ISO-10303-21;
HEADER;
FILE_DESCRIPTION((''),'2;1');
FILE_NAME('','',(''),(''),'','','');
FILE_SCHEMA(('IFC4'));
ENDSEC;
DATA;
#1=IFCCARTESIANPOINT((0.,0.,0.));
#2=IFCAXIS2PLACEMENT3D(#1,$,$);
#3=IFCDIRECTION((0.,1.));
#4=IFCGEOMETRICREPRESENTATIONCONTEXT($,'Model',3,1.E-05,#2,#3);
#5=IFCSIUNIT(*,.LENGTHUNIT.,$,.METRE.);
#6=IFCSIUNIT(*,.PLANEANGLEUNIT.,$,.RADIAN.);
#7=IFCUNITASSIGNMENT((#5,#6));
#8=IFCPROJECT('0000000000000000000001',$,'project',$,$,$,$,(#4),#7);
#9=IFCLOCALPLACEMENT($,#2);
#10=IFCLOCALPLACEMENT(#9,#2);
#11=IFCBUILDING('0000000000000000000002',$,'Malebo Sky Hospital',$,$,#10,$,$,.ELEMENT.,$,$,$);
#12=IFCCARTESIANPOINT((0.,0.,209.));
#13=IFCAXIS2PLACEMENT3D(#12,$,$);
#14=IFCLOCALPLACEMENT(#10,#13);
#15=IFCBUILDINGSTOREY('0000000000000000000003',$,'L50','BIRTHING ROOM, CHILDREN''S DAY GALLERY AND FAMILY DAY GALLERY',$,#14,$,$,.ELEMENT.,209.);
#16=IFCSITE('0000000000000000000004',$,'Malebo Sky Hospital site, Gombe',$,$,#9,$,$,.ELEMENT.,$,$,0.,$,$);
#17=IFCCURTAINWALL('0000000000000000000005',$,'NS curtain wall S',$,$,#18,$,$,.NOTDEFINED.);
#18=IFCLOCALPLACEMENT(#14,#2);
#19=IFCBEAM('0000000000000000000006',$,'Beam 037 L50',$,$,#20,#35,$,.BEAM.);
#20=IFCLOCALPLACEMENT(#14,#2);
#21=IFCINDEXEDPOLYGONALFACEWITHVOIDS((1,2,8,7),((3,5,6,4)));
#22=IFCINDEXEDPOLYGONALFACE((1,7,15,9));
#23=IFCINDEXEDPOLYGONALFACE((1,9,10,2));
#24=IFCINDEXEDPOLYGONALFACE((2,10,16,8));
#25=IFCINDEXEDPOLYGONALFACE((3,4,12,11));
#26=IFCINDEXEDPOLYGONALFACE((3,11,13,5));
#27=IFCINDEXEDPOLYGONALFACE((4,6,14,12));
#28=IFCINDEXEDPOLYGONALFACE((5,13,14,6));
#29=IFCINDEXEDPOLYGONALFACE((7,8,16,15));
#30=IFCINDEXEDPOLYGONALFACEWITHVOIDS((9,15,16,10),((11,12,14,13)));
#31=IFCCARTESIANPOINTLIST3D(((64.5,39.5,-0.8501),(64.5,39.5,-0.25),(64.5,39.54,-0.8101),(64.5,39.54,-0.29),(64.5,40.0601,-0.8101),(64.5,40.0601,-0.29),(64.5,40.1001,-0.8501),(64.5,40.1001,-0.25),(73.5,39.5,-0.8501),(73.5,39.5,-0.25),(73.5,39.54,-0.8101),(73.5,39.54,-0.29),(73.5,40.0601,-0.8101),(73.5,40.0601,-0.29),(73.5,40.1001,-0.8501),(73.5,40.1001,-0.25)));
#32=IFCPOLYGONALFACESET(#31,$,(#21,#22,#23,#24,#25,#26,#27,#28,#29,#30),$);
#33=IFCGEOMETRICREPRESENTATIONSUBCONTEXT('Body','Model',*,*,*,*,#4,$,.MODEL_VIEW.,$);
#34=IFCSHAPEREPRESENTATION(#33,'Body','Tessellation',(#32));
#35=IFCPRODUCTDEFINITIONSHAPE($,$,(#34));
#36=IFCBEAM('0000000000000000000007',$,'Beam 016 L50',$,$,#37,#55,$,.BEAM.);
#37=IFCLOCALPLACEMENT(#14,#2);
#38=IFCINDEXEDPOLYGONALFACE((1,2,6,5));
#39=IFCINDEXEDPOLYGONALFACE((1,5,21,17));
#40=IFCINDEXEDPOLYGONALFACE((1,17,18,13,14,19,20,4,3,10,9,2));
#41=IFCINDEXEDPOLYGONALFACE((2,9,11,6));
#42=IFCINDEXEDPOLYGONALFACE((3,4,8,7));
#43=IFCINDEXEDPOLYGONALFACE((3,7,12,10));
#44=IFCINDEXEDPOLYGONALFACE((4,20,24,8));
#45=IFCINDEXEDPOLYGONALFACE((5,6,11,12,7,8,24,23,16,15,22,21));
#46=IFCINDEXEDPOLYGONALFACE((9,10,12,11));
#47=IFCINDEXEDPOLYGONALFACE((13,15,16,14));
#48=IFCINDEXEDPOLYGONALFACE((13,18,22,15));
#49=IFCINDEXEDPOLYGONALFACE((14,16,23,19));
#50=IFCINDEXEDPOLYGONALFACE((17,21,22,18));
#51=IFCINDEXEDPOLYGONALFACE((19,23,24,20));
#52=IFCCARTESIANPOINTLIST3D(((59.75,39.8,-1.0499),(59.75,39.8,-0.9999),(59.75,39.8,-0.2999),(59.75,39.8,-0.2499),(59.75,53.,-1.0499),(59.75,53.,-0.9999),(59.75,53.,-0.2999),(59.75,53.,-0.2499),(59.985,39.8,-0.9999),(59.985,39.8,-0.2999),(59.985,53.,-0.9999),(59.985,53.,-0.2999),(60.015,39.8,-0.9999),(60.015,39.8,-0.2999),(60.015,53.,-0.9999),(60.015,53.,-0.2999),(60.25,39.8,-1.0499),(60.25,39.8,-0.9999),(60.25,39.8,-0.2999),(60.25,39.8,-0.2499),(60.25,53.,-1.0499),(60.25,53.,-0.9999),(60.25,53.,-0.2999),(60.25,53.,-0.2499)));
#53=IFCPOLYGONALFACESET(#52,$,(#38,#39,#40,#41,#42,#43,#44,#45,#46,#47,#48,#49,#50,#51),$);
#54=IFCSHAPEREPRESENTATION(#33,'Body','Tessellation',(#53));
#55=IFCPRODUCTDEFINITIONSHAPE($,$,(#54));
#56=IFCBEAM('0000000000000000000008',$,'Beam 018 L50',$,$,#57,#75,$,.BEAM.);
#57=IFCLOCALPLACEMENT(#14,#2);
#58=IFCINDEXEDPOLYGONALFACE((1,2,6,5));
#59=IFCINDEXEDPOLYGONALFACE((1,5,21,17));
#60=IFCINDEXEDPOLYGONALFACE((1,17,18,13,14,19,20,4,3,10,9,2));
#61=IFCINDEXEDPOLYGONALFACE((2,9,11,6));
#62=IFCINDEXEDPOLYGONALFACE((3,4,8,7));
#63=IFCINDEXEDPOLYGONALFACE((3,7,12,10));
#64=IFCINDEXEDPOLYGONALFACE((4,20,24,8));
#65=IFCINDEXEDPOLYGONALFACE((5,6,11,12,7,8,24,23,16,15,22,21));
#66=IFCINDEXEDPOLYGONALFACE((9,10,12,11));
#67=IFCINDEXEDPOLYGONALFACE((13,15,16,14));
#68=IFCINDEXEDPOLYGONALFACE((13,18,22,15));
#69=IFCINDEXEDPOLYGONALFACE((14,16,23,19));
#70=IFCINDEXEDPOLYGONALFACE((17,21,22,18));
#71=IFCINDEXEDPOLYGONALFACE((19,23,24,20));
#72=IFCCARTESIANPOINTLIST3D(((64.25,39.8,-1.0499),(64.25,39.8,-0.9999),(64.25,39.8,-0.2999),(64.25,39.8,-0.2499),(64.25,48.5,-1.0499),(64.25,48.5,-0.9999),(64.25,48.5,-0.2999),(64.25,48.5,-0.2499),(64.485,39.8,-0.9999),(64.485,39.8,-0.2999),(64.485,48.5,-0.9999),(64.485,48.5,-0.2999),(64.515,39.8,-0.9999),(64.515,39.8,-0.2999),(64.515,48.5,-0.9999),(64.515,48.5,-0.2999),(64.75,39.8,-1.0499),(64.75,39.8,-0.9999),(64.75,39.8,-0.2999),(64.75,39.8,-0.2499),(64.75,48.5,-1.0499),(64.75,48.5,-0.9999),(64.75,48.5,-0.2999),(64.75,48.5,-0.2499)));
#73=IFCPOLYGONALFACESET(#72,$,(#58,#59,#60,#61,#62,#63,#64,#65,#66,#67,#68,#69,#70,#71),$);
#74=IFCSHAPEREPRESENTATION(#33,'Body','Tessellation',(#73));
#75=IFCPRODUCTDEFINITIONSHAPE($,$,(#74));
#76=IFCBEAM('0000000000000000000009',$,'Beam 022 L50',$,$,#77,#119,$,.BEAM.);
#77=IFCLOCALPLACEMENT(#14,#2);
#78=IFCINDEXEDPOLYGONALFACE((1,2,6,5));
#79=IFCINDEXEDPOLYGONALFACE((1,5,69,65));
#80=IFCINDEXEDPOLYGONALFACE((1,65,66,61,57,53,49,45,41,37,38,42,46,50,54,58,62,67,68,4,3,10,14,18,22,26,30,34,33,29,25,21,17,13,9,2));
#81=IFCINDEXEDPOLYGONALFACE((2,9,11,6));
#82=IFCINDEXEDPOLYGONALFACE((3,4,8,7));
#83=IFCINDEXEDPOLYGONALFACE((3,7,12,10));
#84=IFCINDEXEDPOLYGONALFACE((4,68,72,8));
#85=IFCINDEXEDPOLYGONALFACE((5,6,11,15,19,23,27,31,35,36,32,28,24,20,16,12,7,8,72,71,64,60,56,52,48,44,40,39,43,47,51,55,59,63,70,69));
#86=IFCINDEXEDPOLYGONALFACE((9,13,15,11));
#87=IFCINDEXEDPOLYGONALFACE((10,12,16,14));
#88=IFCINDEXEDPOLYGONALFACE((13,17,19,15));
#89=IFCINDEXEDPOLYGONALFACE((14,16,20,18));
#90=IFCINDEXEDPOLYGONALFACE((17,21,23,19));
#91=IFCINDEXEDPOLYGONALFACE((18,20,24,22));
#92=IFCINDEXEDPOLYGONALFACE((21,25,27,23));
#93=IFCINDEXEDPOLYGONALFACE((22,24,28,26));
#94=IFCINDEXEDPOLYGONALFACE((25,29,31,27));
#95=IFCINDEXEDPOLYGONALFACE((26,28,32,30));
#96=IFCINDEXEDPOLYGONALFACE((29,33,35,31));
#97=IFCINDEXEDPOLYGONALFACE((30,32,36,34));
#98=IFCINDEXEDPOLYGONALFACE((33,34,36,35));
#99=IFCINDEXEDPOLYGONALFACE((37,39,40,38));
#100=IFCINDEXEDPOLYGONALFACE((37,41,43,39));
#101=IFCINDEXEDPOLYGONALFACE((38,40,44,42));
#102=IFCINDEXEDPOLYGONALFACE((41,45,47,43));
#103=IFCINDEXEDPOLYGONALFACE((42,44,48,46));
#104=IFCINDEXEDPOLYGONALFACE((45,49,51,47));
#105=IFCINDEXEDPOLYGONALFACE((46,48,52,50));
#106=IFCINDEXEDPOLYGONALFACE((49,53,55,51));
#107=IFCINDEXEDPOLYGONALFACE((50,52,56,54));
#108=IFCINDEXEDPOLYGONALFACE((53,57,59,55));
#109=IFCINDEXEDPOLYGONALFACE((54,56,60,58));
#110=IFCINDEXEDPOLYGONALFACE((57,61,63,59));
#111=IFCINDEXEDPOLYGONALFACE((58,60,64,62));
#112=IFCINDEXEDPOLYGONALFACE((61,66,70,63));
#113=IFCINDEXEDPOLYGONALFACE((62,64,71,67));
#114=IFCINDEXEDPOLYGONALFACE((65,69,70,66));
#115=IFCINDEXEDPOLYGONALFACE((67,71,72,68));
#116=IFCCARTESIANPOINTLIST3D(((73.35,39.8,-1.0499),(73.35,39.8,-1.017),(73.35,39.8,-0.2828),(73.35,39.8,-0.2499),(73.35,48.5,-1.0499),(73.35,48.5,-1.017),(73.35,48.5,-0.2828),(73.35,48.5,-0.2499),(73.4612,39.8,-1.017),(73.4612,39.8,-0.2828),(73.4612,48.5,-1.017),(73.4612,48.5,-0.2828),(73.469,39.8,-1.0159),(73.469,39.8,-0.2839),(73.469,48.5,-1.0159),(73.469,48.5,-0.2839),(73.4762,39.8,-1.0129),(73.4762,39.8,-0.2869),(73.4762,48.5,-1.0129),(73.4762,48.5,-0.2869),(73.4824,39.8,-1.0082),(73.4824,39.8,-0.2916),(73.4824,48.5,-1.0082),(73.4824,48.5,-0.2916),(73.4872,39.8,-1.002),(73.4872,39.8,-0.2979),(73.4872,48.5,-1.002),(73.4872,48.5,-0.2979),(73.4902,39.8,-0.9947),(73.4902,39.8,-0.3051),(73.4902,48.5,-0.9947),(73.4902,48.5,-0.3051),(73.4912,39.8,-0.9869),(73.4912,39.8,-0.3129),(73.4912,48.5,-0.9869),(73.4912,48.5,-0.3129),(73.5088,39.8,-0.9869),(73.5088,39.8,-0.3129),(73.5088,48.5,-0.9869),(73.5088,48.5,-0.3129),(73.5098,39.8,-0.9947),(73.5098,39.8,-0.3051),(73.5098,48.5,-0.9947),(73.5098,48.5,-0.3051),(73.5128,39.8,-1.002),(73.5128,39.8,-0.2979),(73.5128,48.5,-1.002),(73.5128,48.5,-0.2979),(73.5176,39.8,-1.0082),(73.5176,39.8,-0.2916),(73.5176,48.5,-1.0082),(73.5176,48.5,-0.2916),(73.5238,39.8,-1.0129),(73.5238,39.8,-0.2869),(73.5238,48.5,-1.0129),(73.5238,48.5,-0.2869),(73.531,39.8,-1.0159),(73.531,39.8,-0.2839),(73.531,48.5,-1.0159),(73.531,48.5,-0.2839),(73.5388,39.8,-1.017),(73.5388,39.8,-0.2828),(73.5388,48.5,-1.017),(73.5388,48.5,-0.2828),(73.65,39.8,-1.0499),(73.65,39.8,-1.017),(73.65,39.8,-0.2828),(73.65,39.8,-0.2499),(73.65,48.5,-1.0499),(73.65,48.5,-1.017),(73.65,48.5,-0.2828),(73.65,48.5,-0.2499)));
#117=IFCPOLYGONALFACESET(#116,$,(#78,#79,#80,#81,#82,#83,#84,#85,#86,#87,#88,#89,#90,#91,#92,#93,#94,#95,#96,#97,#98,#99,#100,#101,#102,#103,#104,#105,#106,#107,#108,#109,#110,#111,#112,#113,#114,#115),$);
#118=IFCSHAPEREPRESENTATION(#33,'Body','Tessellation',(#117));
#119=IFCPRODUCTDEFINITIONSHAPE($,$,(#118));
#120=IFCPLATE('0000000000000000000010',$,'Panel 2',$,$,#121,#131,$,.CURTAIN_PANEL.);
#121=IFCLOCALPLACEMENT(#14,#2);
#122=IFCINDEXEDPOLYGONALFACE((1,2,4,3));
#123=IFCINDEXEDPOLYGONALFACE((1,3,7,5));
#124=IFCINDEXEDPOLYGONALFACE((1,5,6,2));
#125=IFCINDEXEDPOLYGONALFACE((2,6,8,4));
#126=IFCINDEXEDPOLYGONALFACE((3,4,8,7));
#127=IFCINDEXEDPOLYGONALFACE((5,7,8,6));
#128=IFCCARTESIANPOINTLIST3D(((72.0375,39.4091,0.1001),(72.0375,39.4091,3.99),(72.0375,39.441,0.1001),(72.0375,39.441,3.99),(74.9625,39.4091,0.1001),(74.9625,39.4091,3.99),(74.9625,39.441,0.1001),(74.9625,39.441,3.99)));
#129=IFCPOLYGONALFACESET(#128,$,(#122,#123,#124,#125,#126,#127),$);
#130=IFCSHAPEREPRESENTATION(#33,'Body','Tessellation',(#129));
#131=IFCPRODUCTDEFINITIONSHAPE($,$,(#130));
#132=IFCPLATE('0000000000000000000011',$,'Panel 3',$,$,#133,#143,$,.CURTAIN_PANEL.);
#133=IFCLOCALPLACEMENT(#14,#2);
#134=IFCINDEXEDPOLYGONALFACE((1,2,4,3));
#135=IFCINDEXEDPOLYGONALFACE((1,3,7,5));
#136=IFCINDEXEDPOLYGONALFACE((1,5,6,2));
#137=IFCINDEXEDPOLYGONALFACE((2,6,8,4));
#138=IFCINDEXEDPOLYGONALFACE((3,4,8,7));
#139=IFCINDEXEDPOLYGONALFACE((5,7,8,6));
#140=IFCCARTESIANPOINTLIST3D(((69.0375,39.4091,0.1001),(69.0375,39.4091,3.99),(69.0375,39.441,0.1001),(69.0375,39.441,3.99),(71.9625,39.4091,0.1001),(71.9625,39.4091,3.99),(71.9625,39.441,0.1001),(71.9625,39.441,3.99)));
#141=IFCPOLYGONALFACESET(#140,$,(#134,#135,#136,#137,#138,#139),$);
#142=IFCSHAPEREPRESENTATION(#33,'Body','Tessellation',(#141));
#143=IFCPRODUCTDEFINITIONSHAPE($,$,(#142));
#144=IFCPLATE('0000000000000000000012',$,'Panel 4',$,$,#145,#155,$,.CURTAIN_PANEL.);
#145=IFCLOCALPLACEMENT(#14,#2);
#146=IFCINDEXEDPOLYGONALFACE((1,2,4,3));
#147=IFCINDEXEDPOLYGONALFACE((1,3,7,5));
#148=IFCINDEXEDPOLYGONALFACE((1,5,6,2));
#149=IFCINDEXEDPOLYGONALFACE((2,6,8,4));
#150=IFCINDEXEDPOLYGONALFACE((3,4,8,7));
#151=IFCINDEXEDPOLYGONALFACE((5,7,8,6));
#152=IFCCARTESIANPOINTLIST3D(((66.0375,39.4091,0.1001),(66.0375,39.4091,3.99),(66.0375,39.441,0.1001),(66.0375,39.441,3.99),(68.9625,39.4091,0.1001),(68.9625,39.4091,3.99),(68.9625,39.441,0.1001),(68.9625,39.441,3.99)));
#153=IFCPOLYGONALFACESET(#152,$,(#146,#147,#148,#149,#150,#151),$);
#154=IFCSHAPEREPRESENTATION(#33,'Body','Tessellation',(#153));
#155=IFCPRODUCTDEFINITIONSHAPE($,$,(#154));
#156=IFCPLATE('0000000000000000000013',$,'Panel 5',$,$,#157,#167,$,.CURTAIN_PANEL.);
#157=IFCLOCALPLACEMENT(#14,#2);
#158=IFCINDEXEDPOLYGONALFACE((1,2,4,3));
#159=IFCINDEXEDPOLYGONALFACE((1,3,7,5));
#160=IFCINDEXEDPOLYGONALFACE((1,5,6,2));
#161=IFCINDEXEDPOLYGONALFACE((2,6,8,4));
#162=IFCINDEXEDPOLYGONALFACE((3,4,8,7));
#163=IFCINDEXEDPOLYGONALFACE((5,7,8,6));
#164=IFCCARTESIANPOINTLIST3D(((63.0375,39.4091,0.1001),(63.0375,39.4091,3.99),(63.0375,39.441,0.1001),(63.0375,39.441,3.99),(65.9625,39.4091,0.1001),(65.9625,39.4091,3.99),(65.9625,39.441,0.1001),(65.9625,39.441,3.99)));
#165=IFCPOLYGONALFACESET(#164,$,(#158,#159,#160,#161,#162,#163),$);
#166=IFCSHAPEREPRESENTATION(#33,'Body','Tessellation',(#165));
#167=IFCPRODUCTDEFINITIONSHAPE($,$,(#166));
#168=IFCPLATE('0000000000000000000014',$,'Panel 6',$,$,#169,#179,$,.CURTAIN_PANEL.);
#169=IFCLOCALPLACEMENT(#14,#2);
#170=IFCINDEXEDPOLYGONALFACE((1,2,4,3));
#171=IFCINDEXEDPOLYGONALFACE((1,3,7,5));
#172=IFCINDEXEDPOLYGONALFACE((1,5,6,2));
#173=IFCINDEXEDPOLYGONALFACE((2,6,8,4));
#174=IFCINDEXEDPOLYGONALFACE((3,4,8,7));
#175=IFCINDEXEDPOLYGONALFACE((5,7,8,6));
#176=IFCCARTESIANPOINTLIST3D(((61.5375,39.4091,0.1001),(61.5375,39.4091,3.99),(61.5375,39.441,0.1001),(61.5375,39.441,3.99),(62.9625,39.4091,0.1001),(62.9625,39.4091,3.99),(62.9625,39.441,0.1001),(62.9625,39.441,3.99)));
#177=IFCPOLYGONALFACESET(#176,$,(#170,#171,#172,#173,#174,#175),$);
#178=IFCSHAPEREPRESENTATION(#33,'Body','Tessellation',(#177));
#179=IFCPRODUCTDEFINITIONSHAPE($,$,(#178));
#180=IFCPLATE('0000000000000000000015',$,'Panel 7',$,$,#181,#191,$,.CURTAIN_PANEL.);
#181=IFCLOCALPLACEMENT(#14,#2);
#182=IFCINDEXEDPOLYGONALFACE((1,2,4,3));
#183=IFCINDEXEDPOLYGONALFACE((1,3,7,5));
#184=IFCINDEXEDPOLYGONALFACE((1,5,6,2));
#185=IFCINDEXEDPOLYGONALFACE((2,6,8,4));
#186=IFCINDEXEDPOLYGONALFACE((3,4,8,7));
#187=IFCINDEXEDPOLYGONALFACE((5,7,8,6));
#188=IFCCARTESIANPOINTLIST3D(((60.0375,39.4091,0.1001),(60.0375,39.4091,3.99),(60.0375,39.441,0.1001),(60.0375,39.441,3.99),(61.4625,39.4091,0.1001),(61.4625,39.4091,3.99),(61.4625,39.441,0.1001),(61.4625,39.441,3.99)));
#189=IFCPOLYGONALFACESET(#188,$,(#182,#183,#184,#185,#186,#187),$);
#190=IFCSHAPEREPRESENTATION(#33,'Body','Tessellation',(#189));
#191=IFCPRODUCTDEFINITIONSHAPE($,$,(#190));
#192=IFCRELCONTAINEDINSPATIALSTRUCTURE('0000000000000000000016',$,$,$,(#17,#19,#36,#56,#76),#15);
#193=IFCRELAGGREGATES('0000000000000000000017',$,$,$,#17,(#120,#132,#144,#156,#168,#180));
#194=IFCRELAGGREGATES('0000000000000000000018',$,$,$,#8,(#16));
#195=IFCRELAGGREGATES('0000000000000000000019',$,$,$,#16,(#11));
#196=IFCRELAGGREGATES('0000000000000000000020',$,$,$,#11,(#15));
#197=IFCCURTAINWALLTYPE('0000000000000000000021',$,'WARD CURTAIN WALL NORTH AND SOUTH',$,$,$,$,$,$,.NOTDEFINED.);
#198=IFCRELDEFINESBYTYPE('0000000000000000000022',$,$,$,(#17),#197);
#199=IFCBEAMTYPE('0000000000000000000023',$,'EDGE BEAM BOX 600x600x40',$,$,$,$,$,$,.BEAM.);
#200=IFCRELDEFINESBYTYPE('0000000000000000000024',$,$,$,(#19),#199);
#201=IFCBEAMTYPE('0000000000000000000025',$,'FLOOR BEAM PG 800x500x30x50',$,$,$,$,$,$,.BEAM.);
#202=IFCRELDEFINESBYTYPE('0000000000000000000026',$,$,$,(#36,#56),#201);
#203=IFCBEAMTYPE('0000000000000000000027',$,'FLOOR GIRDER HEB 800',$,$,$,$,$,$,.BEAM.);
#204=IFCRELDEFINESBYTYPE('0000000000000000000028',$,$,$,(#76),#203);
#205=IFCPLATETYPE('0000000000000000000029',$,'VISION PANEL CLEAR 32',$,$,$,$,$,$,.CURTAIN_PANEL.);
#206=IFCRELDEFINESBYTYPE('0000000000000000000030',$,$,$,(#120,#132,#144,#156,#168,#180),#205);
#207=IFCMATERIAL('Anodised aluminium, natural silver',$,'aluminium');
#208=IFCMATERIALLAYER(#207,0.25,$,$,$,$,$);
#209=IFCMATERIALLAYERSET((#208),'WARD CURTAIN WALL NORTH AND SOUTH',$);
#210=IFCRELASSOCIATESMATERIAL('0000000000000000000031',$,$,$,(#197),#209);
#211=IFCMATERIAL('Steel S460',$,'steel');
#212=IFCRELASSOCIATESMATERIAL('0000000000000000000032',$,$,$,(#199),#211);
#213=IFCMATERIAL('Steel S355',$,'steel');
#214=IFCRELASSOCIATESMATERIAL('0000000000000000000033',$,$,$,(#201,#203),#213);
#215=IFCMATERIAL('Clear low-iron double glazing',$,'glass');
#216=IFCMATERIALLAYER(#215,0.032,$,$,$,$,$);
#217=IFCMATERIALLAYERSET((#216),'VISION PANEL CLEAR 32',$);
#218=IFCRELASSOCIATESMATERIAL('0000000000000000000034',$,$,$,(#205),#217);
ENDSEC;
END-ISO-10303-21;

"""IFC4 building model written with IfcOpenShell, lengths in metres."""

from ifc_helpers import new_model, si_unit, direction, frame, origin, origin_2d, place, context, subcontext, project, spatial, rectangle, hollow_rectangle, i_section, extrude, material, layer, layer_set, material_profile, profile_set, type_object, element, aggregate, save


model = new_model("IFC4")

# Units and contexts
model_context = context("Model", 3, precision=1e-05, world=origin(), true_north=direction((0.0, 1.0)))
body_context = subcontext(model_context, "Body", "Model", "MODEL_VIEW")
ifc_project = project(units=[si_unit("LENGTHUNIT", "METRE"), si_unit("PLANEANGLEUNIT", "RADIAN")], contexts=[model_context])

# Site, building, storey
site_placement = place(None, origin())
site = spatial("IfcSite", under=ifc_project, at=site_placement, Name="Malebo Sky Hospital site, Gombe", CompositionType="ELEMENT", RefElevation=0.0)
building_placement = place(site_placement, origin())
building = spatial("IfcBuilding", under=site, at=building_placement, Name="Malebo Sky Hospital", CompositionType="ELEMENT")
storey_placement = place(building_placement, frame((0.0, 0.0, 209.0)))
storey = spatial("IfcBuildingStorey", under=building, at=storey_placement, Name="L50", Description="BIRTHING ROOM, CHILDREN'S DAY GALLERY AND FAMILY DAY GALLERY", CompositionType="ELEMENT", Elevation=209.0)

# Shared definitions
ifc_material_1 = material(Name="Steel S460", Category="steel")

# Curtain wall
ifc_material_2 = material(Name="Anodised aluminium, natural silver", Category="aluminium")
ifc_layer_1 = layer(ifc_material_2, 0.25)
ifc_layer_set_1 = layer_set([ifc_layer_1], Name="WARD CURTAIN WALL NORTH AND SOUTH")
curtain_wall_type = type_object("IfcCurtainWallType", Name="WARD CURTAIN WALL NORTH AND SOUTH", PredefinedType="NOTDEFINED", material=ifc_layer_set_1)
curtain_wall_placement = place(storey_placement, origin())
curtain_wall = element("IfcCurtainWall", 1, at=curtain_wall_placement, inside=storey, type_object=curtain_wall_type, Name="NS curtain wall S", PredefinedType="NOTDEFINED")

# Beams
ifc_material_profile_1 = material_profile(ifc_material_1, hollow_rectangle(XDim=0.6001, YDim=0.6001, WallThickness=0.04, at=origin_2d()), Name="BOX 600x600x40")
ifc_profile_set_1 = profile_set([ifc_material_profile_1], Name="Steel S460")
beam_type_1 = type_object("IfcBeamType", Name="EDGE BEAM BOX 600x600x40", PredefinedType="BEAM", material=ifc_profile_set_1)
beam_1_placement = place(storey_placement, frame((64.5, 39.8, -0.55), z_axis=(1.0, 0.0, 0.0), x_axis=(0.0, 1.0, 0.0)))
element("IfcBeam", 2, at=beam_1_placement, inside=storey, type_object=beam_type_1, Name="Beam 037 L50", PredefinedType="BEAM", context=body_context, shape_type="SweptSolid", body=[
    extrude(hollow_rectangle(XDim=0.6001, YDim=0.6001, WallThickness=0.04, at=origin_2d()), origin(), (0.0, 0.0, 1.0), 9.0),
])
ifc_material_3 = material(Name="Steel S355", Category="steel")
ifc_material_profile_2 = material_profile(ifc_material_3, i_section(OverallWidth=0.5, OverallDepth=0.8, WebThickness=0.03, FlangeThickness=0.05, at=origin_2d()), Name="PG 800x500x30x50")
ifc_profile_set_2 = profile_set([ifc_material_profile_2], Name="Steel S355")
beam_type_2 = type_object("IfcBeamType", Name="FLOOR BEAM PG 800x500x30x50", PredefinedType="BEAM", material=ifc_profile_set_2)
beam_2_placement = place(storey_placement, frame((60.0, 39.8, -0.6499), z_axis=(0.0, 1.0, 0.0), x_axis=(-1.0, 0.0, 0.0)))
element("IfcBeam", 3, at=beam_2_placement, inside=storey, type_object=beam_type_2, Name="Beam 016 L50", PredefinedType="BEAM", context=body_context, shape_type="SweptSolid", body=[
    extrude(i_section(OverallWidth=0.5, OverallDepth=0.8, WebThickness=0.03, FlangeThickness=0.05, at=origin_2d()), origin(), (0.0, 0.0, 1.0), 13.2),
])
beam_3_placement = place(storey_placement, frame((64.5, 39.8, -0.6499), z_axis=(0.0, 1.0, 0.0), x_axis=(-1.0, 0.0, 0.0)))
element("IfcBeam", 4, at=beam_3_placement, inside=storey, type_object=beam_type_2, Name="Beam 018 L50", PredefinedType="BEAM", context=body_context, shape_type="SweptSolid", body=[
    extrude(i_section(OverallWidth=0.5, OverallDepth=0.8, WebThickness=0.03, FlangeThickness=0.05, at=origin_2d()), origin(), (0.0, 0.0, 1.0), 8.7),
])
ifc_material_profile_3 = material_profile(ifc_material_3, i_section(OverallWidth=0.3, OverallDepth=0.8, WebThickness=0.0176, FlangeThickness=0.033, FilletRadius=0.03, at=origin_2d()), Name="HEB 800")
ifc_profile_set_3 = profile_set([ifc_material_profile_3], Name="Steel S355")
beam_type_3 = type_object("IfcBeamType", Name="FLOOR GIRDER HEB 800", PredefinedType="BEAM", material=ifc_profile_set_3)
beam_4_placement = place(storey_placement, frame((73.5, 39.8, -0.6499), z_axis=(0.0, 1.0, 0.0), x_axis=(-1.0, 0.0, 0.0)))
element("IfcBeam", 5, at=beam_4_placement, inside=storey, type_object=beam_type_3, Name="Beam 022 L50", PredefinedType="BEAM", context=body_context, shape_type="SweptSolid", body=[
    extrude(i_section(OverallWidth=0.3, OverallDepth=0.8, WebThickness=0.0176, FlangeThickness=0.033, FilletRadius=0.03, at=origin_2d()), origin(), (0.0, 0.0, 1.0), 8.7),
])

# Plates
ifc_material_4 = material(Name="Clear low-iron double glazing", Category="glass")
ifc_layer_2 = layer(ifc_material_4, 0.032)
ifc_layer_set_2 = layer_set([ifc_layer_2], Name="VISION PANEL CLEAR 32")
plate_type = type_object("IfcPlateType", Name="VISION PANEL CLEAR 32", PredefinedType="CURTAIN_PANEL", material=ifc_layer_set_2)
plate_1_placement = place(storey_placement, frame((73.5, 39.425, 0.1001), z_axis=(0.0, 0.0, 1.0), x_axis=(-1.0, 0.0, 0.0)))
plate_1 = element("IfcPlate", 6, at=plate_1_placement, type_object=plate_type, Name="Panel 2", PredefinedType="CURTAIN_PANEL", context=body_context, shape_type="SweptSolid", body=[
    extrude(rectangle(XDim=2.925, YDim=0.032, at=origin_2d()), origin(), (0.0, 0.0, 1.0), 3.8899),
])
plate_2_placement = place(storey_placement, frame((70.5, 39.425, 0.1001), z_axis=(0.0, 0.0, 1.0), x_axis=(-1.0, 0.0, 0.0)))
plate_2 = element("IfcPlate", 7, at=plate_2_placement, type_object=plate_type, Name="Panel 3", PredefinedType="CURTAIN_PANEL", context=body_context, shape_type="SweptSolid", body=[
    extrude(rectangle(XDim=2.925, YDim=0.032, at=origin_2d()), origin(), (0.0, 0.0, 1.0), 3.8899),
])
plate_3_placement = place(storey_placement, frame((67.5, 39.425, 0.1001), z_axis=(0.0, 0.0, 1.0), x_axis=(-1.0, 0.0, 0.0)))
plate_3 = element("IfcPlate", 8, at=plate_3_placement, type_object=plate_type, Name="Panel 4", PredefinedType="CURTAIN_PANEL", context=body_context, shape_type="SweptSolid", body=[
    extrude(rectangle(XDim=2.925, YDim=0.032, at=origin_2d()), origin(), (0.0, 0.0, 1.0), 3.8899),
])
plate_4_placement = place(storey_placement, frame((64.5, 39.425, 0.1001), z_axis=(0.0, 0.0, 1.0), x_axis=(-1.0, 0.0, 0.0)))
plate_4 = element("IfcPlate", 9, at=plate_4_placement, type_object=plate_type, Name="Panel 5", PredefinedType="CURTAIN_PANEL", context=body_context, shape_type="SweptSolid", body=[
    extrude(rectangle(XDim=2.925, YDim=0.032, at=origin_2d()), origin(), (0.0, 0.0, 1.0), 3.8899),
])
plate_5_placement = place(storey_placement, frame((62.25, 39.425, 0.1001), z_axis=(0.0, 0.0, 1.0), x_axis=(-1.0, 0.0, 0.0)))
plate_5 = element("IfcPlate", 10, at=plate_5_placement, type_object=plate_type, Name="Panel 6", PredefinedType="CURTAIN_PANEL", context=body_context, shape_type="SweptSolid", body=[
    extrude(rectangle(XDim=1.425, YDim=0.032, at=origin_2d()), origin(), (0.0, 0.0, 1.0), 3.8899),
])
plate_6_placement = place(storey_placement, frame((60.75, 39.425, 0.1001), z_axis=(0.0, 0.0, 1.0), x_axis=(-1.0, 0.0, 0.0)))
plate_6 = element("IfcPlate", 11, at=plate_6_placement, type_object=plate_type, Name="Panel 7", PredefinedType="CURTAIN_PANEL", context=body_context, shape_type="SweptSolid", body=[
    extrude(rectangle(XDim=1.425, YDim=0.032, at=origin_2d()), origin(), (0.0, 0.0, 1.0), 3.8899),
])
aggregate(curtain_wall, [plate_1, plate_2, plate_3, plate_4, plate_5, plate_6])

save(model, "model.ifc")
